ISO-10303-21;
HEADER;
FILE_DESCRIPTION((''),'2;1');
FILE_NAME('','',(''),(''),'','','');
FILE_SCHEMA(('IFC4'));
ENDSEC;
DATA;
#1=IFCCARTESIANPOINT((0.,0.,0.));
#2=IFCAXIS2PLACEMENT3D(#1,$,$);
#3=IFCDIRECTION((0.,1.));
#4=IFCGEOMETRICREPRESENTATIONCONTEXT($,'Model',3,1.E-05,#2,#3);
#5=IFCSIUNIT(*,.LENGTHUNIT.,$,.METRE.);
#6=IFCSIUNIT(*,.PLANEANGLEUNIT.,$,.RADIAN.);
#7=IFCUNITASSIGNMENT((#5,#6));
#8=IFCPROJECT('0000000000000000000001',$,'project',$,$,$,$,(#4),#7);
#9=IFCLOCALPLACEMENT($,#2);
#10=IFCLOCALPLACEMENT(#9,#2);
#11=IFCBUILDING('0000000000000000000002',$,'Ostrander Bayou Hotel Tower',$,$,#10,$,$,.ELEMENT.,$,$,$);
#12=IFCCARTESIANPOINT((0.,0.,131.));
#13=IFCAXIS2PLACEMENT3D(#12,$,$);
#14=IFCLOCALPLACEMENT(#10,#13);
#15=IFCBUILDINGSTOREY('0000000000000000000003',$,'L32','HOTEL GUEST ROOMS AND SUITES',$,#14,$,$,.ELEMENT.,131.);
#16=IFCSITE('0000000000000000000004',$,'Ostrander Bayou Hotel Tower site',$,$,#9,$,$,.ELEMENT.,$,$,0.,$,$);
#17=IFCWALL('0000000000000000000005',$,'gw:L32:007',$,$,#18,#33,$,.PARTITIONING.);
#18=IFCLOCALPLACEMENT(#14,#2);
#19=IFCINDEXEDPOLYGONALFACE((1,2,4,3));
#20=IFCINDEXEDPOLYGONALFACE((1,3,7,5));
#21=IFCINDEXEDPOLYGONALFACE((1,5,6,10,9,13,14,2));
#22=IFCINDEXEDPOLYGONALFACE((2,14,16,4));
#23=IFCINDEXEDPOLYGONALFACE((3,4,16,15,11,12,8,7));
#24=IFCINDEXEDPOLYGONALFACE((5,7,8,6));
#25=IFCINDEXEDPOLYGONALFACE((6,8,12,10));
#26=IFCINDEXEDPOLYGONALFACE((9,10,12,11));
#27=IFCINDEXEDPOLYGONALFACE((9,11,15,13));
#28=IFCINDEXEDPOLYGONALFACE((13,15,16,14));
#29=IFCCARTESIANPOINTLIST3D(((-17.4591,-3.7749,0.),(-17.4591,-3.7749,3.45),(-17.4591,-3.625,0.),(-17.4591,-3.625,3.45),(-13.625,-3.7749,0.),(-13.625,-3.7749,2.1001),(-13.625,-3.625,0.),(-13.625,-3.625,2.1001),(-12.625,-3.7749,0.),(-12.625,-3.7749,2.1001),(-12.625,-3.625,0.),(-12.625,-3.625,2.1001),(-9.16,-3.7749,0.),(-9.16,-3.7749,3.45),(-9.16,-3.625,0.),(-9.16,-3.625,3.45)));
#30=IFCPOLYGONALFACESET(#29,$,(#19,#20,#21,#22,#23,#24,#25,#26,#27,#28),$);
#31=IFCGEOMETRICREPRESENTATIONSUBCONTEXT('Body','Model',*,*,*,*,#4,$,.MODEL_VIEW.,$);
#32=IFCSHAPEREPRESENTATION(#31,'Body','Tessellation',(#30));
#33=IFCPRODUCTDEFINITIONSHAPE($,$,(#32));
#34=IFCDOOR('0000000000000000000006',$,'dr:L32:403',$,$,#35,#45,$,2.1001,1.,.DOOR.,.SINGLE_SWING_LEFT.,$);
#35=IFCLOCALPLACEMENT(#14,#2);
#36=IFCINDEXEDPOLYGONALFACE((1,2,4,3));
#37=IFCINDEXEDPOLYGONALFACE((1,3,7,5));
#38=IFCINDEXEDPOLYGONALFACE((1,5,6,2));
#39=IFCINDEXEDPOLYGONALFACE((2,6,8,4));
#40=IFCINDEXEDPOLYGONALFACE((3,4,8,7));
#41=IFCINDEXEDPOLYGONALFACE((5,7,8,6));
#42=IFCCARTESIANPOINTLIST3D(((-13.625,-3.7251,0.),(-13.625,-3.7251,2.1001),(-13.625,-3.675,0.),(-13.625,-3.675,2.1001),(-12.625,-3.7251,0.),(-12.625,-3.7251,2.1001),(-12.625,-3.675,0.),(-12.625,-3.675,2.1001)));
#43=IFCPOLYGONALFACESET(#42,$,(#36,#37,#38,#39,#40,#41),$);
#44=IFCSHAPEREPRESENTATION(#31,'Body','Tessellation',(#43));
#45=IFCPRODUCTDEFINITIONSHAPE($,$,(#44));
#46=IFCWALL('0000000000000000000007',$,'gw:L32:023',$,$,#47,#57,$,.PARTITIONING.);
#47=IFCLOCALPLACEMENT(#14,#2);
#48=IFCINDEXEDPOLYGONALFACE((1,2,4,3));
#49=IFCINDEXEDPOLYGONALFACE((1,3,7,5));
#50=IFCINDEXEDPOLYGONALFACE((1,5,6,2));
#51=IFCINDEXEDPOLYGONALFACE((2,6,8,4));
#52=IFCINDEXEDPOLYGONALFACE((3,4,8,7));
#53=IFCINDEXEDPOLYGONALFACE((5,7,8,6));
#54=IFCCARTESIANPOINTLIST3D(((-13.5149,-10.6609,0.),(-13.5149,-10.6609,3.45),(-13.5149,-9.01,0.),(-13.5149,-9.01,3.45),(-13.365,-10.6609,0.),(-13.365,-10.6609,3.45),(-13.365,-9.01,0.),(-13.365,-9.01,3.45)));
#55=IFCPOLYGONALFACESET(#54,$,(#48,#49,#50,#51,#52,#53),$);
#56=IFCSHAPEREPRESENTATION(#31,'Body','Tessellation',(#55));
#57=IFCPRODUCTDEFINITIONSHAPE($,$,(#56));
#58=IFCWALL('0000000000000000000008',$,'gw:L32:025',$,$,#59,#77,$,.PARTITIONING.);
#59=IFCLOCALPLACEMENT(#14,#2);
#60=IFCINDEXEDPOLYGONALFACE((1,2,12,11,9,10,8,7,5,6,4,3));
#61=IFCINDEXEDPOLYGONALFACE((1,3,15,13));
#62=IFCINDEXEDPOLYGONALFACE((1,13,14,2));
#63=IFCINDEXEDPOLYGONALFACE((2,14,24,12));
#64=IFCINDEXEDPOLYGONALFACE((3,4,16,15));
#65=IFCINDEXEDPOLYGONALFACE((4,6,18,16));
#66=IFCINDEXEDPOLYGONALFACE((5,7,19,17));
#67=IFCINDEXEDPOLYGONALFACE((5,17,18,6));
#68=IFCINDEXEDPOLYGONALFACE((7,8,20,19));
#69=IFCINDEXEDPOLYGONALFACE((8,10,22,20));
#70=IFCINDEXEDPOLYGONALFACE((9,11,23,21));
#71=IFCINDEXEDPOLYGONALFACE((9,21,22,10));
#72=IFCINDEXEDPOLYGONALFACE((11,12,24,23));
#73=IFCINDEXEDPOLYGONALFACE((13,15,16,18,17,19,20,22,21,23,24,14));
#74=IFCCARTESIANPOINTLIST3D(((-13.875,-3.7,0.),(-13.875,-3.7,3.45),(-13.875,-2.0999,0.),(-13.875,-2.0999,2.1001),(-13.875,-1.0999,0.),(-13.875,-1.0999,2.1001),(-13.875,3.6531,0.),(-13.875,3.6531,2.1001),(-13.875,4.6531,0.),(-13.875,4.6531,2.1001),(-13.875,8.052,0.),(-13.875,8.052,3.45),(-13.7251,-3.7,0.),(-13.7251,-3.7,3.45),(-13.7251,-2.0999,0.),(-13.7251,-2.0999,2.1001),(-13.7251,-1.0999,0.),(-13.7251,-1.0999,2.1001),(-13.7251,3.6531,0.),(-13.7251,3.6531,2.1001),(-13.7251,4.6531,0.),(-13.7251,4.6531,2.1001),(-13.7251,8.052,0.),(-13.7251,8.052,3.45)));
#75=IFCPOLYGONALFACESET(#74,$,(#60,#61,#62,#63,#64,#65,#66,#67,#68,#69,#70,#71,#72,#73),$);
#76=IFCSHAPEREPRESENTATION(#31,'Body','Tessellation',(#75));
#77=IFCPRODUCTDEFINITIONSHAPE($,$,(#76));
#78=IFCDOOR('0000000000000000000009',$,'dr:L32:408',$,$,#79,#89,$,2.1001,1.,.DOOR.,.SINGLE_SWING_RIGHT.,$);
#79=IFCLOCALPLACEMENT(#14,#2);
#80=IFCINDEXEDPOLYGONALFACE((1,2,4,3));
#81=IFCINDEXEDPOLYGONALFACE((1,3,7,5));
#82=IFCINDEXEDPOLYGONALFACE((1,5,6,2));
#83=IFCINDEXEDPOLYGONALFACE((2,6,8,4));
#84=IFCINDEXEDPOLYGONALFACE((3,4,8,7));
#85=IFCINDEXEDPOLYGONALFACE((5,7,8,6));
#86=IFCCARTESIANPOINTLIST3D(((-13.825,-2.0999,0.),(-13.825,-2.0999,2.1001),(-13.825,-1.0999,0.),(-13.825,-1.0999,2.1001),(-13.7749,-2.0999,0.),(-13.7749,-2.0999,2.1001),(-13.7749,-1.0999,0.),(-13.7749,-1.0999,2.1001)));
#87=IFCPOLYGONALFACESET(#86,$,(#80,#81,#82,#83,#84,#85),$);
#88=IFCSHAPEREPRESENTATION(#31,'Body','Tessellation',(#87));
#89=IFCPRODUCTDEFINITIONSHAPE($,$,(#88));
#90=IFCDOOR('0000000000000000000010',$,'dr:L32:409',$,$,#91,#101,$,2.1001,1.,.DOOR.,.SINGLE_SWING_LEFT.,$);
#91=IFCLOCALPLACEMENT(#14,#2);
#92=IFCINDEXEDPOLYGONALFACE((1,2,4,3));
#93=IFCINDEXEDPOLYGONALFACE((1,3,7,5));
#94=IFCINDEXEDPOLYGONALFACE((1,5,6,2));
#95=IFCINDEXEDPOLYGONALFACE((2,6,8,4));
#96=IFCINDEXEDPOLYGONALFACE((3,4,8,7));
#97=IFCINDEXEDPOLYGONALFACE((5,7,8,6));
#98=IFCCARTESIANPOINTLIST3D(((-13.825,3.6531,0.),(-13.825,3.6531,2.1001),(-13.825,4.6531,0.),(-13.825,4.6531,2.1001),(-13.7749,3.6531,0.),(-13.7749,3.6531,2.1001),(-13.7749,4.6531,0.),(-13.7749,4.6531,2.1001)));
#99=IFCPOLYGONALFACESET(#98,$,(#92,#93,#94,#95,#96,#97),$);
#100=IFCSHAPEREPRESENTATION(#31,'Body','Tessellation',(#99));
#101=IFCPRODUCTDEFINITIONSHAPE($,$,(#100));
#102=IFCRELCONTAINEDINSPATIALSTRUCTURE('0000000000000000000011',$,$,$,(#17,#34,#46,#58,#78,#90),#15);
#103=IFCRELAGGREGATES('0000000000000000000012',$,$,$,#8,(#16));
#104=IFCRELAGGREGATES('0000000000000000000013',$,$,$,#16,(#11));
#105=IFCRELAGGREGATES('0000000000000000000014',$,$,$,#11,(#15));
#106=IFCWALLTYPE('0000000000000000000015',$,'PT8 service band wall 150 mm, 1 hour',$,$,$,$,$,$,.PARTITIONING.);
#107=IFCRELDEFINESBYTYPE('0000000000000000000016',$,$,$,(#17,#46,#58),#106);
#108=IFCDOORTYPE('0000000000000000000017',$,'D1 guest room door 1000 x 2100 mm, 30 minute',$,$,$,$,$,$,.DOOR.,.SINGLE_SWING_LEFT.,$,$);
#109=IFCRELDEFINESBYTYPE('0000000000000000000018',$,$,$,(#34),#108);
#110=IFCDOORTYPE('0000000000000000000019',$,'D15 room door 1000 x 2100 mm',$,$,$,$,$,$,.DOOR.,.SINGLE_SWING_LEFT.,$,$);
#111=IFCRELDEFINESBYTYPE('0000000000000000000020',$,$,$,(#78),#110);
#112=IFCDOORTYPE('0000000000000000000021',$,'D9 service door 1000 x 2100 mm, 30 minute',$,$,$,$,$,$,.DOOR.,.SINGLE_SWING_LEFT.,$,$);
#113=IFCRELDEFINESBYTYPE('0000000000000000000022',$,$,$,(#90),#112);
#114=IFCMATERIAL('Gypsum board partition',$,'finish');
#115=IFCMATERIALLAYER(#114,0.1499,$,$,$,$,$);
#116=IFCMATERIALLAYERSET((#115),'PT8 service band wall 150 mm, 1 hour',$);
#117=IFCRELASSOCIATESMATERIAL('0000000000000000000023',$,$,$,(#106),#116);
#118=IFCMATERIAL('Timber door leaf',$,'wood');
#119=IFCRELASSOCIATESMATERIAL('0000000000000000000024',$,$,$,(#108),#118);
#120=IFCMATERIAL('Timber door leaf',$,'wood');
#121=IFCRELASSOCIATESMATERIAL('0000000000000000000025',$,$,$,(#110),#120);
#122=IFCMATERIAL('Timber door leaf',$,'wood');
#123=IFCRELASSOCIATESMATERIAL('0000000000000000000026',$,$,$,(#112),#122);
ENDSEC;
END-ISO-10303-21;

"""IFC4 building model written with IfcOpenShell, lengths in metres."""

from ifc_helpers import new_model, si_unit, direction, frame, frame_2d, origin, place, context, subcontext, project, spatial, rectangle, extrude, material, layer, layer_set, type_object, element, fill, save


model = new_model("IFC4")

# Units and contexts
model_context = context("Model", 3, precision=1e-05, world=origin(), true_north=direction((0.0, 1.0)))
body_context = subcontext(model_context, "Body", "Model", "MODEL_VIEW")
ifc_project = project(units=[si_unit("LENGTHUNIT", "METRE"), si_unit("PLANEANGLEUNIT", "RADIAN")], contexts=[model_context])

# Site, building, storey
site_placement = place(None, origin())
site = spatial("IfcSite", under=ifc_project, at=site_placement, Name="Ostrander Bayou Hotel Tower site", CompositionType="ELEMENT", RefElevation=0.0)
building_placement = place(site_placement, origin())
building = spatial("IfcBuilding", under=site, at=building_placement, Name="Ostrander Bayou Hotel Tower", CompositionType="ELEMENT")
storey_placement = place(building_placement, frame((0.0, 0.0, 131.0)))
storey = spatial("IfcBuildingStorey", under=building, at=storey_placement, Name="L32", Description="HOTEL GUEST ROOMS AND SUITES", CompositionType="ELEMENT", Elevation=131.0)

# Shared definitions
ifc_material_1 = material(Name="Gypsum board partition", Category="finish")
ifc_layer_1 = layer(ifc_material_1, 0.1499)
ifc_layer_set_1 = layer_set([ifc_layer_1], Name="PT8 service band wall 150 mm, 1 hour")
wall_type_1 = type_object("IfcWallType", Name="PT8 service band wall 150 mm, 1 hour", PredefinedType="PARTITIONING", material=ifc_layer_set_1)

# Wall, opening, door
wall_1_placement = place(storey_placement, frame((-17.459, -3.7, 0.0), z_axis=(0.0, 0.0, 1.0), x_axis=(1.0, 0.0, 0.0)))
wall_1 = element("IfcWall", 1, at=wall_1_placement, inside=storey, type_object=wall_type_1, Name="gw:L32:007", PredefinedType="PARTITIONING", context=body_context, shape_type="SweptSolid", body=[
    extrude(rectangle(XDim=8.2991, YDim=0.1499, at=frame_2d((4.1494, 0.0))), origin(), (0.0, 0.0, 1.0), 3.45),
])
opening_1_placement = place(wall_1_placement, frame((3.834, 0.0, 0.0)))
opening_1 = element("IfcOpeningElement", 2, at=opening_1_placement, cuts=wall_1, PredefinedType="OPENING", context=body_context, shape_type="SweptSolid", body=[
    extrude(rectangle(XDim=1.0, YDim=2.1001, at=frame_2d((0.5, 1.05))), frame((0.0, 0.075, 0.0), z_axis=(0.0, -1.0, 0.0), x_axis=(1.0, 0.0, 0.0)), (0.0, 0.0, 1.0), 0.1499),
])
ifc_material_2 = material(Name="Timber door leaf", Category="wood")
door_type_1 = type_object("IfcDoorType", Name="D1 guest room door 1000 x 2100 mm, 30 minute", OperationType="SINGLE_SWING_LEFT", PredefinedType="DOOR", material=ifc_material_2)
door_1_placement = place(opening_1_placement, origin())
door_1 = element("IfcDoor", 3, at=door_1_placement, inside=storey, type_object=door_type_1, Name="dr:L32:403", OperationType="SINGLE_SWING_LEFT", OverallHeight=2.1001, OverallWidth=1.0, PredefinedType="DOOR", context=body_context, shape_type="SweptSolid", body=[
    extrude(rectangle(XDim=1.0, YDim=2.1001, at=frame_2d((0.5, 1.05))), frame((0.0, 0.0249, 0.0), z_axis=(0.0, -1.0, 0.0), x_axis=(1.0, 0.0, 0.0)), (0.0, 0.0, 1.0), 0.05),
])
fill(opening_1, door_1)

# Wall
wall_2_placement = place(storey_placement, frame((-13.4399, -10.6609, 0.0), z_axis=(0.0, 0.0, 1.0), x_axis=(0.0, 1.0, 0.0)))
element("IfcWall", 4, at=wall_2_placement, inside=storey, type_object=wall_type_1, Name="gw:L32:023", PredefinedType="PARTITIONING", context=body_context, shape_type="SweptSolid", body=[
    extrude(rectangle(XDim=1.6509, YDim=0.1499, at=frame_2d((0.8254, 0.0))), origin(), (0.0, 0.0, 1.0), 3.45),
])

# Wall, openings, doors
wall_3_placement = place(storey_placement, frame((-13.8, -3.7, 0.0), z_axis=(0.0, 0.0, 1.0), x_axis=(0.0, 1.0, 0.0)))
wall_3 = element("IfcWall", 5, at=wall_3_placement, inside=storey, type_object=wall_type_1, Name="gw:L32:025", PredefinedType="PARTITIONING", context=body_context, shape_type="SweptSolid", body=[
    extrude(rectangle(XDim=11.752, YDim=0.1499, at=frame_2d((5.876, 0.0))), origin(), (0.0, 0.0, 1.0), 3.45),
])
opening_2_placement = place(wall_3_placement, frame((1.6001, 0.0, 0.0)))
opening_2 = element("IfcOpeningElement", 6, at=opening_2_placement, cuts=wall_3, PredefinedType="OPENING", context=body_context, shape_type="SweptSolid", body=[
    extrude(rectangle(XDim=1.0, YDim=2.1001, at=frame_2d((0.5, 1.05))), frame((0.0, 0.075, 0.0), z_axis=(0.0, -1.0, 0.0), x_axis=(1.0, 0.0, 0.0)), (0.0, 0.0, 1.0), 0.1499),
])
opening_3_placement = place(wall_3_placement, frame((7.353, 0.0, 0.0)))
opening_3 = element("IfcOpeningElement", 7, at=opening_3_placement, cuts=wall_3, PredefinedType="OPENING", context=body_context, shape_type="SweptSolid", body=[
    extrude(rectangle(XDim=1.0, YDim=2.1001, at=frame_2d((0.5, 1.05))), frame((0.0, 0.075, 0.0), z_axis=(0.0, -1.0, 0.0), x_axis=(1.0, 0.0, 0.0)), (0.0, 0.0, 1.0), 0.1499),
])
ifc_material_3 = material(Name="Timber door leaf", Category="wood")
door_type_2 = type_object("IfcDoorType", Name="D15 room door 1000 x 2100 mm", OperationType="SINGLE_SWING_LEFT", PredefinedType="DOOR", material=ifc_material_3)
door_2_placement = place(opening_2_placement, origin())
door_2 = element("IfcDoor", 8, at=door_2_placement, inside=storey, type_object=door_type_2, Name="dr:L32:408", OperationType="SINGLE_SWING_RIGHT", OverallHeight=2.1001, OverallWidth=1.0, PredefinedType="DOOR", context=body_context, shape_type="SweptSolid", body=[
    extrude(rectangle(XDim=1.0, YDim=2.1001, at=frame_2d((0.5, 1.05))), frame((0.0, 0.0249, 0.0), z_axis=(0.0, -1.0, 0.0), x_axis=(1.0, 0.0, 0.0)), (0.0, 0.0, 1.0), 0.05),
])
fill(opening_2, door_2)
ifc_material_4 = material(Name="Timber door leaf", Category="wood")
door_type_3 = type_object("IfcDoorType", Name="D9 service door 1000 x 2100 mm, 30 minute", OperationType="SINGLE_SWING_LEFT", PredefinedType="DOOR", material=ifc_material_4)
door_3_placement = place(opening_3_placement, origin())
door_3 = element("IfcDoor", 9, at=door_3_placement, inside=storey, type_object=door_type_3, Name="dr:L32:409", OperationType="SINGLE_SWING_LEFT", OverallHeight=2.1001, OverallWidth=1.0, PredefinedType="DOOR", context=body_context, shape_type="SweptSolid", body=[
    extrude(rectangle(XDim=1.0, YDim=2.1001, at=frame_2d((0.5, 1.05))), frame((0.0, 0.0249, 0.0), z_axis=(0.0, -1.0, 0.0), x_axis=(1.0, 0.0, 0.0)), (0.0, 0.0, 1.0), 0.05),
])
fill(opening_3, door_3)

save(model, "model.ifc")
